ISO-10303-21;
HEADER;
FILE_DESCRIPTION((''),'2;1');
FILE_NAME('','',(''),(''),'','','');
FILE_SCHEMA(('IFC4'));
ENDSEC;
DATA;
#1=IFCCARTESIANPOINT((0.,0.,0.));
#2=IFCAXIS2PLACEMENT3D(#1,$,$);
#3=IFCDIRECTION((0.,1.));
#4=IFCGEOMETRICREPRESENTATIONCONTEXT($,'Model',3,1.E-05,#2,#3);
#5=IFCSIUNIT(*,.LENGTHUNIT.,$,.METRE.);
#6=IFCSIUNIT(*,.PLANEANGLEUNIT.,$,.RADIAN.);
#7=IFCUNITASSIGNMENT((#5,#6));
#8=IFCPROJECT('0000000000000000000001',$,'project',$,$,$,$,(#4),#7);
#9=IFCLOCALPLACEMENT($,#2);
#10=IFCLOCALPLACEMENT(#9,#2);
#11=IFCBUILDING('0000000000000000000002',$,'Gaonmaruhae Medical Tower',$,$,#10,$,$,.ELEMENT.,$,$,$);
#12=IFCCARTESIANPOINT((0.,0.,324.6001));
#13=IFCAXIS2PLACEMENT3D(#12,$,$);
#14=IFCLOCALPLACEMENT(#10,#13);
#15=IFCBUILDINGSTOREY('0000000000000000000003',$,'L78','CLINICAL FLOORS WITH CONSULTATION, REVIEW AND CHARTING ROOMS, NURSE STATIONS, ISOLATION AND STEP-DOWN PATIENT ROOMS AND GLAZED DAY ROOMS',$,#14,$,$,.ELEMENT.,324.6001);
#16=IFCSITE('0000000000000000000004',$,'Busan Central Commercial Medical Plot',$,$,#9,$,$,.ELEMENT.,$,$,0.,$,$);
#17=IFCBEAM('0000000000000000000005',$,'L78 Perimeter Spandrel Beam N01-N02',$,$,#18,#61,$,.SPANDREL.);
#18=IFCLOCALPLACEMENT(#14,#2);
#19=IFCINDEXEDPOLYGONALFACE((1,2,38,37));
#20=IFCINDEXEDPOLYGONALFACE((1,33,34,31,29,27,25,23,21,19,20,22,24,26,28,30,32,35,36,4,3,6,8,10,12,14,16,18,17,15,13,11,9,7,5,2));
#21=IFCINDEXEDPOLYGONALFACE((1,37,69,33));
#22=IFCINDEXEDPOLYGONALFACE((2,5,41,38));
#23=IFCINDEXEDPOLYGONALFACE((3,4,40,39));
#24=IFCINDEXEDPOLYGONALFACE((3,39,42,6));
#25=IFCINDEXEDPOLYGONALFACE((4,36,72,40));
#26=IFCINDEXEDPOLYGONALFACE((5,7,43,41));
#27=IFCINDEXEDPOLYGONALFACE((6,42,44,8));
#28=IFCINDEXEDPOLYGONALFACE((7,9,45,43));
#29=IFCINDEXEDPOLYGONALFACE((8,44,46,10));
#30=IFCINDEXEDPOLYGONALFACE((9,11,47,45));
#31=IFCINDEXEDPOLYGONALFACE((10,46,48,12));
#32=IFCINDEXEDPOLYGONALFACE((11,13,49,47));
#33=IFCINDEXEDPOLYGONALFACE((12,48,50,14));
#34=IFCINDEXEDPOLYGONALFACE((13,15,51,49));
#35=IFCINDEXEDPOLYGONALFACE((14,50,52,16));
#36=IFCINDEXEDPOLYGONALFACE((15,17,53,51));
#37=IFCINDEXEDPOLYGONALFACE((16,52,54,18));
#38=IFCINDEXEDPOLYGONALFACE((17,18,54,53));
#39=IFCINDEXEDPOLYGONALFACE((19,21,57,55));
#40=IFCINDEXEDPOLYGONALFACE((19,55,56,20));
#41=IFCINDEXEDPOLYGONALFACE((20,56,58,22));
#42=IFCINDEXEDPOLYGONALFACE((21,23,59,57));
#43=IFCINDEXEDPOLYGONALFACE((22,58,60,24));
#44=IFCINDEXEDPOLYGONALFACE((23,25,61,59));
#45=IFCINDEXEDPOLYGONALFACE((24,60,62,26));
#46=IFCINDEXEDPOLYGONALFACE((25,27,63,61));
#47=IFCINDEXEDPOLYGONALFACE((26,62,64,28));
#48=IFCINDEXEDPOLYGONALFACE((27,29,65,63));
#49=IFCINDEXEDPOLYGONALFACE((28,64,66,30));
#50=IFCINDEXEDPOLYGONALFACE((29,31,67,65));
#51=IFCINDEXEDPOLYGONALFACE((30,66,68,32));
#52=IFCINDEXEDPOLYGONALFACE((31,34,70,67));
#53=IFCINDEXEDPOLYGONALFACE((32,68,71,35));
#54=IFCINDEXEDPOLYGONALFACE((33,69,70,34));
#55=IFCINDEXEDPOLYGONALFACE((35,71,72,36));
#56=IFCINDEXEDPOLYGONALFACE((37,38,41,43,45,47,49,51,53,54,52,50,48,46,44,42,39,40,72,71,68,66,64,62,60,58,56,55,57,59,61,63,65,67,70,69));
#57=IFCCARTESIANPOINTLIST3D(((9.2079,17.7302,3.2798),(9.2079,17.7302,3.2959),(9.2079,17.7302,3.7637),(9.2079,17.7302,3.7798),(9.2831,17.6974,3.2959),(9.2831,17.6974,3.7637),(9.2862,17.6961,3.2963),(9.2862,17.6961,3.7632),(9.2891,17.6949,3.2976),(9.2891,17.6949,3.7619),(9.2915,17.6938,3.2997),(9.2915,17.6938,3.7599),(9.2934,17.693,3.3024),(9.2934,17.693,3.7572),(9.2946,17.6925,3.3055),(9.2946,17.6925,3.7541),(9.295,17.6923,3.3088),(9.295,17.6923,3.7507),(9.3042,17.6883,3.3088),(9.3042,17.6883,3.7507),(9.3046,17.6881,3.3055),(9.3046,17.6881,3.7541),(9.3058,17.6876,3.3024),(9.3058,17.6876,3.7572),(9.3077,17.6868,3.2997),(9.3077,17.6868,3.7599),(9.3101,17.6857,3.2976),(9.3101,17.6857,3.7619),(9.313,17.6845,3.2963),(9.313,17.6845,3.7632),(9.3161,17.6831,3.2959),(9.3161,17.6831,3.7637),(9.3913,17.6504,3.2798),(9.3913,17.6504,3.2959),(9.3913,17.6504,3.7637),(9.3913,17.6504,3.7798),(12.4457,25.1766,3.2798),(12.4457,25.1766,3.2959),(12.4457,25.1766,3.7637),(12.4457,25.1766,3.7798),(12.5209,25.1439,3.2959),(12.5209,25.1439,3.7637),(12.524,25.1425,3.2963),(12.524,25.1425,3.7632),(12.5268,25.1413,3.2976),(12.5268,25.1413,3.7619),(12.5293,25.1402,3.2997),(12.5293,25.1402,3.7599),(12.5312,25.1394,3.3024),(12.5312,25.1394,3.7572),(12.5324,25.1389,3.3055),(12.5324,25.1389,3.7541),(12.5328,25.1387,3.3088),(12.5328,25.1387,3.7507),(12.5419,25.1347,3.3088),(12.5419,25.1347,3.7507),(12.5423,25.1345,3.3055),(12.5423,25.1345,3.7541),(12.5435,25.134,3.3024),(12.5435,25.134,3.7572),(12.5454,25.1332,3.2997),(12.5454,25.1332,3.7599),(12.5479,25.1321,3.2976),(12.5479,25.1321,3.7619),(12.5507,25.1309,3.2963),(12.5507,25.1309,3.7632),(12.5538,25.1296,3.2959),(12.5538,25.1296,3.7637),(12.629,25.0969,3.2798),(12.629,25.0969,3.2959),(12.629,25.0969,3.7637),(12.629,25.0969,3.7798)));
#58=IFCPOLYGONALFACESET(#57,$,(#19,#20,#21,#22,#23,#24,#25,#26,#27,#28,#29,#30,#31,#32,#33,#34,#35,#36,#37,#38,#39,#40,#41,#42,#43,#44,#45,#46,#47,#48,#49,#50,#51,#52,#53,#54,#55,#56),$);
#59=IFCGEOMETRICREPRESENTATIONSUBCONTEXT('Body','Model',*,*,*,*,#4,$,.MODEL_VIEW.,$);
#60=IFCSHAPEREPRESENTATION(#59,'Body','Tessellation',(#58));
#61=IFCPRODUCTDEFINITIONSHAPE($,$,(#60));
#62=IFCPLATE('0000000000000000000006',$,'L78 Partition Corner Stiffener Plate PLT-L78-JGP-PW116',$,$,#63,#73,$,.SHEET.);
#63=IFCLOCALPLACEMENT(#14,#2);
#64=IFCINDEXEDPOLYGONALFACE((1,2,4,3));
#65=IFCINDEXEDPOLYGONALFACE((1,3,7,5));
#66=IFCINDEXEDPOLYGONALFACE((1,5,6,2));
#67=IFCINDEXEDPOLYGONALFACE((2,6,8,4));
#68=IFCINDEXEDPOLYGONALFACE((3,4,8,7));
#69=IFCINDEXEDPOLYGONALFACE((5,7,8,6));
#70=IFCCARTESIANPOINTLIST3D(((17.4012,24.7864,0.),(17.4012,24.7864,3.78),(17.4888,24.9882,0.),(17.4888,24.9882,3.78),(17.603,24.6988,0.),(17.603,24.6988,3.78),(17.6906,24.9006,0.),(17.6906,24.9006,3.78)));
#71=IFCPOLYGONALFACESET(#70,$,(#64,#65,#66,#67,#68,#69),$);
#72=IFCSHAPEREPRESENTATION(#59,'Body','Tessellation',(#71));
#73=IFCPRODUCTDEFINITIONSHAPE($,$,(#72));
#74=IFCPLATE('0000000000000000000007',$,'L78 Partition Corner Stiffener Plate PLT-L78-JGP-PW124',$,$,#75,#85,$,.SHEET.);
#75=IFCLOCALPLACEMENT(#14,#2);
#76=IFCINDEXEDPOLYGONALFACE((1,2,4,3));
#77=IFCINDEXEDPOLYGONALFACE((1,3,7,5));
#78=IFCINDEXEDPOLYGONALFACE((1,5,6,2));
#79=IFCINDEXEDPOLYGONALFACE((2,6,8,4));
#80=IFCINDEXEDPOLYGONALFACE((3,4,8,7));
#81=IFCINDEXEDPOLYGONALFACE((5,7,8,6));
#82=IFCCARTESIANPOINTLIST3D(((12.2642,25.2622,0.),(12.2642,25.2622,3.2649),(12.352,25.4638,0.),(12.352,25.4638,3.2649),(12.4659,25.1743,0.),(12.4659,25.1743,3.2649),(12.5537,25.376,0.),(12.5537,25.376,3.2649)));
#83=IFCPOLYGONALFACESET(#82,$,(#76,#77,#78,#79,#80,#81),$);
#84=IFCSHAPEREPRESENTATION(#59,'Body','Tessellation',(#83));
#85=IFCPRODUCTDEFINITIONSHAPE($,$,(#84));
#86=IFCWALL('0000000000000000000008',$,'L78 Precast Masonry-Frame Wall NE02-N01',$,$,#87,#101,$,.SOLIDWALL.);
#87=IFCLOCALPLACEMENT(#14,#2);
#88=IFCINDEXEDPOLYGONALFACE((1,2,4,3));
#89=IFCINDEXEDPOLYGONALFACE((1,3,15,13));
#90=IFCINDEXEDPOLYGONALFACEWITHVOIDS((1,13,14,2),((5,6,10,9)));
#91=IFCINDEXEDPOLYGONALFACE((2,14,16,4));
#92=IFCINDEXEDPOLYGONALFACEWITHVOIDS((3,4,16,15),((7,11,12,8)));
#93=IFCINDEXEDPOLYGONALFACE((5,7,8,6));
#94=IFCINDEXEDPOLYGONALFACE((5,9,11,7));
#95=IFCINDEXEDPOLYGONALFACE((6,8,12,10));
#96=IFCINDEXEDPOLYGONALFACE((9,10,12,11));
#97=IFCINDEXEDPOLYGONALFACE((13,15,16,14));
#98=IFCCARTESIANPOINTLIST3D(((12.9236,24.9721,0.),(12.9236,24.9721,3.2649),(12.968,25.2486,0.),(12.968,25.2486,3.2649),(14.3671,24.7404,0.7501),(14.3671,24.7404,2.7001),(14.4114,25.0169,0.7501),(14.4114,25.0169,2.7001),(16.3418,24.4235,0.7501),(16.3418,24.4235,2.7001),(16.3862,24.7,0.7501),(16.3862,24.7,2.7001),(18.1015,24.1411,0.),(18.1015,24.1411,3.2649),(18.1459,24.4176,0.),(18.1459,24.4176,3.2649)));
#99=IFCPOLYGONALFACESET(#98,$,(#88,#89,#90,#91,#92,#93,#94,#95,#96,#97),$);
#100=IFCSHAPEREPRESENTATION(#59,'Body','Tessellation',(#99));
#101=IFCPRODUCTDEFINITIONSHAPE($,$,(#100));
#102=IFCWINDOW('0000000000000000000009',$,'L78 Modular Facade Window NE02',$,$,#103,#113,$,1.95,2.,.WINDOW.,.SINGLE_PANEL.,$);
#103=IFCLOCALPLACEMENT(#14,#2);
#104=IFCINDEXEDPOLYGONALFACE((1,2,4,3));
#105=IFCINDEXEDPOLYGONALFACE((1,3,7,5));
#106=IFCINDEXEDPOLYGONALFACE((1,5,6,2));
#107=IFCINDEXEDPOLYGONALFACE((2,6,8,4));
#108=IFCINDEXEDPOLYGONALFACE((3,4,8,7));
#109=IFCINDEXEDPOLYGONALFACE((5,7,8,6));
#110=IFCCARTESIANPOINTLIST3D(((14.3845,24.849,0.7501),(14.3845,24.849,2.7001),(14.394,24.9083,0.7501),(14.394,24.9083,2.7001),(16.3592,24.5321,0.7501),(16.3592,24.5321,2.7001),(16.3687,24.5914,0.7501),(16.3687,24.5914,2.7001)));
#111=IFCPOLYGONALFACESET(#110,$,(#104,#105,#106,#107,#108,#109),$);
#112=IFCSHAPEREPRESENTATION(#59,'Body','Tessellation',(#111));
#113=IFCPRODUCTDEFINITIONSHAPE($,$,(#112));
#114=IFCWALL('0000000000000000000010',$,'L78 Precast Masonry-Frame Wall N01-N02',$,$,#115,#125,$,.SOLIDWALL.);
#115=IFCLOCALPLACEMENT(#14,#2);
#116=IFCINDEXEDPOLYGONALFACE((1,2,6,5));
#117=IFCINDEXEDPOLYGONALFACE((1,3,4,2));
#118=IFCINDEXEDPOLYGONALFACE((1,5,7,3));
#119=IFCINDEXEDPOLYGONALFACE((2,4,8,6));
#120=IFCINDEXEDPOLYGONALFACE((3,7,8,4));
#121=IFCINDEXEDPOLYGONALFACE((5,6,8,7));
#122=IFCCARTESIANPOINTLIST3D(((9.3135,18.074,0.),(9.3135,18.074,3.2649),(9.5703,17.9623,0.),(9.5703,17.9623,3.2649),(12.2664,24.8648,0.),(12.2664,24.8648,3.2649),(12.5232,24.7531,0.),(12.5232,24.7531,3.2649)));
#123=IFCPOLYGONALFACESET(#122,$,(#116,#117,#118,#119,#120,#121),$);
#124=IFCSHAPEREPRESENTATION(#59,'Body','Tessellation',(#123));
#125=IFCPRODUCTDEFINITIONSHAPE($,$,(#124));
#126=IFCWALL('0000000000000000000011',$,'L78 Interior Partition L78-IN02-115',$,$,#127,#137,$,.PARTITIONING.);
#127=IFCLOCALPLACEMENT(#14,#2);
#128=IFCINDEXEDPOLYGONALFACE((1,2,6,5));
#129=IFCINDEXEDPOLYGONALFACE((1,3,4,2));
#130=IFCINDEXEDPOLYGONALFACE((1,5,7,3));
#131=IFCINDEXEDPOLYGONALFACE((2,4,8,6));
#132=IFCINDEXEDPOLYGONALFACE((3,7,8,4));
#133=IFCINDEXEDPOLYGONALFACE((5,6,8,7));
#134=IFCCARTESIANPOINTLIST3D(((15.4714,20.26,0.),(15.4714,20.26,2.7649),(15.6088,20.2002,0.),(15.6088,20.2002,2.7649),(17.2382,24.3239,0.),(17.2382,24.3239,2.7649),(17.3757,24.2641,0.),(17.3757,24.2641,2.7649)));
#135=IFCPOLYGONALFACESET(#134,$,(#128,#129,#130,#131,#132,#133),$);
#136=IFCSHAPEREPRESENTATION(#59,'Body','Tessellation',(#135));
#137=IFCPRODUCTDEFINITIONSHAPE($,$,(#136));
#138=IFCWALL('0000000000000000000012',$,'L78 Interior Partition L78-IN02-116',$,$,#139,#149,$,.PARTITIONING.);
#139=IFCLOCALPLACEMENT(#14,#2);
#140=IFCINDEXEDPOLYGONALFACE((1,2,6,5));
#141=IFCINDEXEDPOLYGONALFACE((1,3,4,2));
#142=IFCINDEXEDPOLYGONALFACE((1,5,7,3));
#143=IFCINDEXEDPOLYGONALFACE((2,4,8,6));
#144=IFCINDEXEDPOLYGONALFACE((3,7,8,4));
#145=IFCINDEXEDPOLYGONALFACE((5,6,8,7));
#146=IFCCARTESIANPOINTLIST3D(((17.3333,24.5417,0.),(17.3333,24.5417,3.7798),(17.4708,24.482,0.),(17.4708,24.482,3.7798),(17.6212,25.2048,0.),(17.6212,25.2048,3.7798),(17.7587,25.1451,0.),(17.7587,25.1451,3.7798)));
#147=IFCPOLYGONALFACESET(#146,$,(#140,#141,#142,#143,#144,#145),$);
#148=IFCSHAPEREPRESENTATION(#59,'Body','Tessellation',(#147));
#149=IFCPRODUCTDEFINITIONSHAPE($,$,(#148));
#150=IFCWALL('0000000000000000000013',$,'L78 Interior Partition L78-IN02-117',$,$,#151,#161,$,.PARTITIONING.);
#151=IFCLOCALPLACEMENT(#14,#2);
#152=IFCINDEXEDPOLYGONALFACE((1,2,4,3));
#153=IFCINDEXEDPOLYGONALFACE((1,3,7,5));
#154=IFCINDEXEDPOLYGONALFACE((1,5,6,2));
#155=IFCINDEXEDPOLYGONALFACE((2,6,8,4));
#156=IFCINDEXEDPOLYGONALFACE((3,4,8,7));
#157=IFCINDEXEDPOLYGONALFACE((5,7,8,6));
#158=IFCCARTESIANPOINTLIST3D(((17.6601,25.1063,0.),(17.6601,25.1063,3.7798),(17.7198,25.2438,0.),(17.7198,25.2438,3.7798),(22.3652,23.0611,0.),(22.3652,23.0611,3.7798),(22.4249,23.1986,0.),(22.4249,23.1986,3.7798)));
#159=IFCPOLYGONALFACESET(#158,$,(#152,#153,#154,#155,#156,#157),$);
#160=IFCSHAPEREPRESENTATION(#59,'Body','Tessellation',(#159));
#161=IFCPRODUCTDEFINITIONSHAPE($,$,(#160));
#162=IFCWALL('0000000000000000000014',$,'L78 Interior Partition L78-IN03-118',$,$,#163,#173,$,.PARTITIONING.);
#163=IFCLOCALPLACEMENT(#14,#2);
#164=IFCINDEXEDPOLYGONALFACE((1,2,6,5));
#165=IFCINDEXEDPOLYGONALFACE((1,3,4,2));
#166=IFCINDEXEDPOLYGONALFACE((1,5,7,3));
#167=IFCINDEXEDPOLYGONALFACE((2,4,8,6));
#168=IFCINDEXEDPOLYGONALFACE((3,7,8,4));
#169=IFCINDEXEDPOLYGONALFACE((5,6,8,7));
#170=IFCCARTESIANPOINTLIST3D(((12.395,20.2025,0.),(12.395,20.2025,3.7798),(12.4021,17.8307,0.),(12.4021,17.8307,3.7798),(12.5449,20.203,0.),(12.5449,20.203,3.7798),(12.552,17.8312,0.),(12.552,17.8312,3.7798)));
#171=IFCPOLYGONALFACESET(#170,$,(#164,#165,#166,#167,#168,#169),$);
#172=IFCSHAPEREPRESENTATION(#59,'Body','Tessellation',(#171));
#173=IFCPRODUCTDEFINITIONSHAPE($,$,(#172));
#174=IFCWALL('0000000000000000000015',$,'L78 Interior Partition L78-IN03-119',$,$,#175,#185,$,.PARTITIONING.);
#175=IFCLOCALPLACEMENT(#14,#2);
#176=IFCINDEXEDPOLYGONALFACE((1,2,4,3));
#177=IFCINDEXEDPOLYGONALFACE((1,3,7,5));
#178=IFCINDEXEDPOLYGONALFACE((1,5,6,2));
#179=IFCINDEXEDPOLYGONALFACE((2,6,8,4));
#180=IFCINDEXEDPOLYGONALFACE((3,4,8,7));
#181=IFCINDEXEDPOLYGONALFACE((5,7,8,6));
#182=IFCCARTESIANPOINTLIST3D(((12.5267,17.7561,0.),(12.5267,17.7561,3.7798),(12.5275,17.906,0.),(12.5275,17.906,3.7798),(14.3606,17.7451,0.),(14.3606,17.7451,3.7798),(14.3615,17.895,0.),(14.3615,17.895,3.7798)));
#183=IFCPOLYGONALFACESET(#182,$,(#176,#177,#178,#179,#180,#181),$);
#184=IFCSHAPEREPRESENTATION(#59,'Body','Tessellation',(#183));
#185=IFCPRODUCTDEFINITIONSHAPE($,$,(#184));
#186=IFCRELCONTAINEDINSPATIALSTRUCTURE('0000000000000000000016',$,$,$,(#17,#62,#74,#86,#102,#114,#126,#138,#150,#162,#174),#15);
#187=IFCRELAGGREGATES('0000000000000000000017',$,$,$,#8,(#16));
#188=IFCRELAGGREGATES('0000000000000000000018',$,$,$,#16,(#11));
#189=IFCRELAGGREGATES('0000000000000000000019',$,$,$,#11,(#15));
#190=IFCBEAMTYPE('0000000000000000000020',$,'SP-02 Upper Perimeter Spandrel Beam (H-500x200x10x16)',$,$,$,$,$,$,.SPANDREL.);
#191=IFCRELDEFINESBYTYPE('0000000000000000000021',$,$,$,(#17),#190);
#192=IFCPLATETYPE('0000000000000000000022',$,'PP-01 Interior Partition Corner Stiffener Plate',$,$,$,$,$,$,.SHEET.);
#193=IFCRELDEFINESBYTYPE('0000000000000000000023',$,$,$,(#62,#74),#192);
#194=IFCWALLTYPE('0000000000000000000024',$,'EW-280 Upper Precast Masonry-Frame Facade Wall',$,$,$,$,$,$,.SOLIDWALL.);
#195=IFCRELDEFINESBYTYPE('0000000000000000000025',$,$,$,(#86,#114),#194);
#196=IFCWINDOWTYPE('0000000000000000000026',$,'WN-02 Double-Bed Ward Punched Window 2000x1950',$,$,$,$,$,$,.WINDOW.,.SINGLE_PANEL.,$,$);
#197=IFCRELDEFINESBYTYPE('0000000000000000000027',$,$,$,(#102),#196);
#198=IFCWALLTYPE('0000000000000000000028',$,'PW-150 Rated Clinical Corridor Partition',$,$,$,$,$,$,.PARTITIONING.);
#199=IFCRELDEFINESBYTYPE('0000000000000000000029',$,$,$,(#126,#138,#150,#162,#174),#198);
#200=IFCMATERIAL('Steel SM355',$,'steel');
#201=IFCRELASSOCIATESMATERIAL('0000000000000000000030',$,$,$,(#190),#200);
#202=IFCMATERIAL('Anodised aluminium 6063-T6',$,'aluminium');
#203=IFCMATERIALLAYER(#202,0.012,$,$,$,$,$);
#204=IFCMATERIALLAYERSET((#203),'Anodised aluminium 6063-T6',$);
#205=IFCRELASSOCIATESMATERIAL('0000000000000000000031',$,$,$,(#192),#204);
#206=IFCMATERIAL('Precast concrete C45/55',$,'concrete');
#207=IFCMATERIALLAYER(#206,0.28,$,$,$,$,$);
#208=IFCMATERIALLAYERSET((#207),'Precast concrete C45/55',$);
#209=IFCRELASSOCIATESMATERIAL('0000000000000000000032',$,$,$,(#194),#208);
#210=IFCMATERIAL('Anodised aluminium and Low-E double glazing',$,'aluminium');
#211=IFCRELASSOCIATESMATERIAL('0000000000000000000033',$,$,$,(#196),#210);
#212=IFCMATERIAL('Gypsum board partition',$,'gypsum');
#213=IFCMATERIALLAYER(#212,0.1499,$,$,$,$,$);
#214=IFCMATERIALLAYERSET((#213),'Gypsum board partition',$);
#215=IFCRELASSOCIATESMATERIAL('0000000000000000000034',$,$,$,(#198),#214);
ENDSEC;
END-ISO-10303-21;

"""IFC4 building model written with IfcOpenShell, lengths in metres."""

from ifc_helpers import new_model, si_unit, direction, frame, frame_2d, origin, origin_2d, place, context, subcontext, project, spatial, rectangle, i_section, extrude, material, layer, layer_set, material_profile, profile_set, type_object, element, fill, save


model = new_model("IFC4")

# Units and contexts
model_context = context("Model", 3, precision=1e-05, world=origin(), true_north=direction((0.0, 1.0)))
body_context = subcontext(model_context, "Body", "Model", "MODEL_VIEW")
ifc_project = project(units=[si_unit("LENGTHUNIT", "METRE"), si_unit("PLANEANGLEUNIT", "RADIAN")], contexts=[model_context])

# Site, building, storey
site_placement = place(None, origin())
site = spatial("IfcSite", under=ifc_project, at=site_placement, Name="Busan Central Commercial Medical Plot", CompositionType="ELEMENT", RefElevation=0.0)
building_placement = place(site_placement, origin())
building = spatial("IfcBuilding", under=site, at=building_placement, Name="Gaonmaruhae Medical Tower", CompositionType="ELEMENT")
storey_placement = place(building_placement, frame((0.0, 0.0, 324.6001)))
storey = spatial("IfcBuildingStorey", under=building, at=storey_placement, Name="L78", Description="CLINICAL FLOORS WITH CONSULTATION, REVIEW AND CHARTING ROOMS, NURSE STATIONS, ISOLATION AND STEP-DOWN PATIENT ROOMS AND GLAZED DAY ROOMS", CompositionType="ELEMENT", Elevation=324.6001)

# Beam
ifc_material_1 = material(Name="Steel SM355", Category="steel")
ifc_material_profile_1 = material_profile(ifc_material_1, i_section(OverallWidth=0.2, OverallDepth=0.5, WebThickness=0.01, FlangeThickness=0.0161, FilletRadius=0.0129, at=origin_2d()), Name="H-500x200x10x16")
ifc_profile_set_1 = profile_set([ifc_material_profile_1], Name="Steel SM355")
beam_type_1 = type_object("IfcBeamType", Name="SP-02 Upper Perimeter Spandrel Beam (H-500x200x10x16)", PredefinedType="SPANDREL", material=ifc_profile_set_1)
beam_1_placement = place(storey_placement, frame((12.5374, 25.1367, 3.5298), z_axis=(-0.398744, -0.917062, 0.0), x_axis=(0.917062, -0.398744, 0.0)))
element("IfcBeam", 1, at=beam_1_placement, inside=storey, type_object=beam_type_1, Name="L78 Perimeter Spandrel Beam N01-N02", PredefinedType="SPANDREL", context=body_context, shape_type="SweptSolid", body=[
    extrude(i_section(OverallWidth=0.2, OverallDepth=0.5, WebThickness=0.01, FlangeThickness=0.0161, FilletRadius=0.0129, at=origin_2d()), origin(), (0.0, 0.0, 1.0), 8.1199),
])

# Plates
ifc_material_2 = material(Name="Anodised aluminium 6063-T6", Category="aluminium")
ifc_layer_1 = layer(ifc_material_2, 0.012)
ifc_layer_set_1 = layer_set([ifc_layer_1], Name="Anodised aluminium 6063-T6")
plate_type = type_object("IfcPlateType", Name="PP-01 Interior Partition Corner Stiffener Plate", PredefinedType="SHEET", material=ifc_layer_set_1)
plate_1_placement = place(storey_placement, frame((17.5459, 24.8435, 0.0), z_axis=(0.0, 0.0, 1.0), x_axis=(0.398429, 0.917199, 0.0)))
element("IfcPlate", 2, at=plate_1_placement, inside=storey, type_object=plate_type, Name="L78 Partition Corner Stiffener Plate PLT-L78-JGP-PW116", PredefinedType="SHEET", context=body_context, shape_type="SweptSolid", body=[
    extrude(rectangle(XDim=0.22, YDim=0.22, at=origin_2d()), origin(), (0.0, 0.0, 1.0), 3.78),
])
plate_2_placement = place(storey_placement, frame((12.4089, 25.3191, 0.0), z_axis=(0.0, 0.0, 1.0), x_axis=(0.399261, 0.916837, 0.0)))
element("IfcPlate", 3, at=plate_2_placement, inside=storey, type_object=plate_type, Name="L78 Partition Corner Stiffener Plate PLT-L78-JGP-PW124", PredefinedType="SHEET", context=body_context, shape_type="SweptSolid", body=[
    extrude(rectangle(XDim=0.22, YDim=0.22, at=origin_2d()), origin(), (0.0, 0.0, 1.0), 3.2649),
])

# Wall, opening, window
ifc_material_3 = material(Name="Precast concrete C45/55", Category="concrete")
ifc_layer_2 = layer(ifc_material_3, 0.28)
ifc_layer_set_2 = layer_set([ifc_layer_2], Name="Precast concrete C45/55")
wall_type_1 = type_object("IfcWallType", Name="EW-280 Upper Precast Masonry-Frame Facade Wall", PredefinedType="SOLIDWALL", material=ifc_layer_set_2)
wall_1_placement = place(storey_placement, frame((12.9458, 25.1104, 0.0), z_axis=(0.0, 0.0, 1.0), x_axis=(0.987364, -0.15847, 0.0)))
wall_1 = element("IfcWall", 4, at=wall_1_placement, inside=storey, type_object=wall_type_1, Name="L78 Precast Masonry-Frame Wall NE02-N01", PredefinedType="SOLIDWALL", context=body_context, shape_type="SweptSolid", body=[
    extrude(rectangle(XDim=5.2441, YDim=0.28, at=frame_2d((2.6221, 0.0))), origin(), (0.0, 0.0, 1.0), 3.2649),
])
opening_1_placement = place(wall_1_placement, frame((1.4619, 0.0, 0.75)))
opening_1 = element("IfcOpeningElement", 5, at=opening_1_placement, cuts=wall_1, PredefinedType="OPENING", context=body_context, shape_type="SweptSolid", body=[
    extrude(rectangle(XDim=2.0, YDim=1.95, at=frame_2d((1.0, 0.9751))), frame((0.0, 0.1499, 0.0), z_axis=(0.0, -1.0, 0.0), x_axis=(1.0, 0.0, 0.0)), (0.0, 0.0, 1.0), 0.3),
])
ifc_material_4 = material(Name="Anodised aluminium and Low-E double glazing", Category="aluminium")
window_type = type_object("IfcWindowType", Name="WN-02 Double-Bed Ward Punched Window 2000x1950", PartitioningType="SINGLE_PANEL", PredefinedType="WINDOW", material=ifc_material_4)
window_placement = place(opening_1_placement, origin())
window = element("IfcWindow", 6, at=window_placement, inside=storey, type_object=window_type, Name="L78 Modular Facade Window NE02", OverallHeight=1.95, OverallWidth=2.0, PartitioningType="SINGLE_PANEL", PredefinedType="WINDOW", context=body_context, shape_type="SweptSolid", body=[
    extrude(rectangle(XDim=2.0, YDim=1.95, at=frame_2d((1.0, 0.9751))), frame((0.0, 0.03, 0.0), z_axis=(0.0, -1.0, 0.0), x_axis=(1.0, 0.0, 0.0)), (0.0, 0.0, 1.0), 0.0601),
])
fill(opening_1, window)

# Walls
wall_2_placement = place(storey_placement, frame((9.4419, 18.0181, 0.0), z_axis=(0.0, 0.0, 1.0), x_axis=(0.398768, 0.917052, 0.0)))
element("IfcWall", 7, at=wall_2_placement, inside=storey, type_object=wall_type_1, Name="L78 Precast Masonry-Frame Wall N01-N02", PredefinedType="SOLIDWALL", context=body_context, shape_type="SweptSolid", body=[
    extrude(rectangle(XDim=7.405, YDim=0.28, at=frame_2d((3.7026, 0.0))), origin(), (0.0, 0.0, 1.0), 3.2649),
])
ifc_material_5 = material(Name="Gypsum board partition", Category="gypsum")
ifc_layer_3 = layer(ifc_material_5, 0.1499)
ifc_layer_set_3 = layer_set([ifc_layer_3], Name="Gypsum board partition")
wall_type_2 = type_object("IfcWallType", Name="PW-150 Rated Clinical Corridor Partition", PredefinedType="PARTITIONING", material=ifc_layer_set_3)
wall_3_placement = place(storey_placement, frame((15.54, 20.23, 0.0), z_axis=(0.0, 0.0, 1.0), x_axis=(0.398708, 0.917078, 0.0)))
element("IfcWall", 8, at=wall_3_placement, inside=storey, type_object=wall_type_2, Name="L78 Interior Partition L78-IN02-115", PredefinedType="PARTITIONING", context=body_context, shape_type="SweptSolid", body=[
    extrude(rectangle(XDim=4.4314, YDim=0.1499, at=frame_2d((2.2158, 0.0))), origin(), (0.0, 0.0, 1.0), 2.7649),
])
wall_4_placement = place(storey_placement, frame((17.4021, 24.512, 0.0), z_axis=(0.0, 0.0, 1.0), x_axis=(0.398195, 0.917301, 0.0)))
element("IfcWall", 9, at=wall_4_placement, inside=storey, type_object=wall_type_2, Name="L78 Interior Partition L78-IN02-116", PredefinedType="PARTITIONING", context=body_context, shape_type="SweptSolid", body=[
    extrude(rectangle(XDim=0.7229, YDim=0.1499, at=frame_2d((0.3613, 0.0))), origin(), (0.0, 0.0, 1.0), 3.7798),
])
wall_5_placement = place(storey_placement, frame((17.6899, 25.175, 0.0), z_axis=(0.0, 0.0, 1.0), x_axis=(0.917107, -0.398641, 0.0)))
element("IfcWall", 10, at=wall_5_placement, inside=storey, type_object=wall_type_2, Name="L78 Interior Partition L78-IN02-117", PredefinedType="PARTITIONING", context=body_context, shape_type="SweptSolid", body=[
    extrude(rectangle(XDim=5.1304, YDim=0.1499, at=frame_2d((2.5652, 0.0))), origin(), (0.0, 0.0, 1.0), 3.7798),
])
wall_6_placement = place(storey_placement, frame((12.47, 20.2029, 0.0), z_axis=(0.0, 0.0, 1.0), x_axis=(0.002985, -0.999996, 0.0)))
element("IfcWall", 11, at=wall_6_placement, inside=storey, type_object=wall_type_2, Name="L78 Interior Partition L78-IN03-118", PredefinedType="PARTITIONING", context=body_context, shape_type="SweptSolid", body=[
    extrude(rectangle(XDim=2.3718, YDim=0.1499, at=frame_2d((1.186, 0.0))), origin(), (0.0, 0.0, 1.0), 3.7798),
])
wall_7_placement = place(storey_placement, frame((12.5271, 17.8311, 0.0), z_axis=(0.0, 0.0, 1.0), x_axis=(0.999982, -0.00599, 0.0)))
element("IfcWall", 12, at=wall_7_placement, inside=storey, type_object=wall_type_2, Name="L78 Interior Partition L78-IN03-119", PredefinedType="PARTITIONING", context=body_context, shape_type="SweptSolid", body=[
    extrude(rectangle(XDim=1.834, YDim=0.1499, at=frame_2d((0.917, 0.0))), origin(), (0.0, 0.0, 1.0), 3.7798),
])

save(model, "model.ifc")
